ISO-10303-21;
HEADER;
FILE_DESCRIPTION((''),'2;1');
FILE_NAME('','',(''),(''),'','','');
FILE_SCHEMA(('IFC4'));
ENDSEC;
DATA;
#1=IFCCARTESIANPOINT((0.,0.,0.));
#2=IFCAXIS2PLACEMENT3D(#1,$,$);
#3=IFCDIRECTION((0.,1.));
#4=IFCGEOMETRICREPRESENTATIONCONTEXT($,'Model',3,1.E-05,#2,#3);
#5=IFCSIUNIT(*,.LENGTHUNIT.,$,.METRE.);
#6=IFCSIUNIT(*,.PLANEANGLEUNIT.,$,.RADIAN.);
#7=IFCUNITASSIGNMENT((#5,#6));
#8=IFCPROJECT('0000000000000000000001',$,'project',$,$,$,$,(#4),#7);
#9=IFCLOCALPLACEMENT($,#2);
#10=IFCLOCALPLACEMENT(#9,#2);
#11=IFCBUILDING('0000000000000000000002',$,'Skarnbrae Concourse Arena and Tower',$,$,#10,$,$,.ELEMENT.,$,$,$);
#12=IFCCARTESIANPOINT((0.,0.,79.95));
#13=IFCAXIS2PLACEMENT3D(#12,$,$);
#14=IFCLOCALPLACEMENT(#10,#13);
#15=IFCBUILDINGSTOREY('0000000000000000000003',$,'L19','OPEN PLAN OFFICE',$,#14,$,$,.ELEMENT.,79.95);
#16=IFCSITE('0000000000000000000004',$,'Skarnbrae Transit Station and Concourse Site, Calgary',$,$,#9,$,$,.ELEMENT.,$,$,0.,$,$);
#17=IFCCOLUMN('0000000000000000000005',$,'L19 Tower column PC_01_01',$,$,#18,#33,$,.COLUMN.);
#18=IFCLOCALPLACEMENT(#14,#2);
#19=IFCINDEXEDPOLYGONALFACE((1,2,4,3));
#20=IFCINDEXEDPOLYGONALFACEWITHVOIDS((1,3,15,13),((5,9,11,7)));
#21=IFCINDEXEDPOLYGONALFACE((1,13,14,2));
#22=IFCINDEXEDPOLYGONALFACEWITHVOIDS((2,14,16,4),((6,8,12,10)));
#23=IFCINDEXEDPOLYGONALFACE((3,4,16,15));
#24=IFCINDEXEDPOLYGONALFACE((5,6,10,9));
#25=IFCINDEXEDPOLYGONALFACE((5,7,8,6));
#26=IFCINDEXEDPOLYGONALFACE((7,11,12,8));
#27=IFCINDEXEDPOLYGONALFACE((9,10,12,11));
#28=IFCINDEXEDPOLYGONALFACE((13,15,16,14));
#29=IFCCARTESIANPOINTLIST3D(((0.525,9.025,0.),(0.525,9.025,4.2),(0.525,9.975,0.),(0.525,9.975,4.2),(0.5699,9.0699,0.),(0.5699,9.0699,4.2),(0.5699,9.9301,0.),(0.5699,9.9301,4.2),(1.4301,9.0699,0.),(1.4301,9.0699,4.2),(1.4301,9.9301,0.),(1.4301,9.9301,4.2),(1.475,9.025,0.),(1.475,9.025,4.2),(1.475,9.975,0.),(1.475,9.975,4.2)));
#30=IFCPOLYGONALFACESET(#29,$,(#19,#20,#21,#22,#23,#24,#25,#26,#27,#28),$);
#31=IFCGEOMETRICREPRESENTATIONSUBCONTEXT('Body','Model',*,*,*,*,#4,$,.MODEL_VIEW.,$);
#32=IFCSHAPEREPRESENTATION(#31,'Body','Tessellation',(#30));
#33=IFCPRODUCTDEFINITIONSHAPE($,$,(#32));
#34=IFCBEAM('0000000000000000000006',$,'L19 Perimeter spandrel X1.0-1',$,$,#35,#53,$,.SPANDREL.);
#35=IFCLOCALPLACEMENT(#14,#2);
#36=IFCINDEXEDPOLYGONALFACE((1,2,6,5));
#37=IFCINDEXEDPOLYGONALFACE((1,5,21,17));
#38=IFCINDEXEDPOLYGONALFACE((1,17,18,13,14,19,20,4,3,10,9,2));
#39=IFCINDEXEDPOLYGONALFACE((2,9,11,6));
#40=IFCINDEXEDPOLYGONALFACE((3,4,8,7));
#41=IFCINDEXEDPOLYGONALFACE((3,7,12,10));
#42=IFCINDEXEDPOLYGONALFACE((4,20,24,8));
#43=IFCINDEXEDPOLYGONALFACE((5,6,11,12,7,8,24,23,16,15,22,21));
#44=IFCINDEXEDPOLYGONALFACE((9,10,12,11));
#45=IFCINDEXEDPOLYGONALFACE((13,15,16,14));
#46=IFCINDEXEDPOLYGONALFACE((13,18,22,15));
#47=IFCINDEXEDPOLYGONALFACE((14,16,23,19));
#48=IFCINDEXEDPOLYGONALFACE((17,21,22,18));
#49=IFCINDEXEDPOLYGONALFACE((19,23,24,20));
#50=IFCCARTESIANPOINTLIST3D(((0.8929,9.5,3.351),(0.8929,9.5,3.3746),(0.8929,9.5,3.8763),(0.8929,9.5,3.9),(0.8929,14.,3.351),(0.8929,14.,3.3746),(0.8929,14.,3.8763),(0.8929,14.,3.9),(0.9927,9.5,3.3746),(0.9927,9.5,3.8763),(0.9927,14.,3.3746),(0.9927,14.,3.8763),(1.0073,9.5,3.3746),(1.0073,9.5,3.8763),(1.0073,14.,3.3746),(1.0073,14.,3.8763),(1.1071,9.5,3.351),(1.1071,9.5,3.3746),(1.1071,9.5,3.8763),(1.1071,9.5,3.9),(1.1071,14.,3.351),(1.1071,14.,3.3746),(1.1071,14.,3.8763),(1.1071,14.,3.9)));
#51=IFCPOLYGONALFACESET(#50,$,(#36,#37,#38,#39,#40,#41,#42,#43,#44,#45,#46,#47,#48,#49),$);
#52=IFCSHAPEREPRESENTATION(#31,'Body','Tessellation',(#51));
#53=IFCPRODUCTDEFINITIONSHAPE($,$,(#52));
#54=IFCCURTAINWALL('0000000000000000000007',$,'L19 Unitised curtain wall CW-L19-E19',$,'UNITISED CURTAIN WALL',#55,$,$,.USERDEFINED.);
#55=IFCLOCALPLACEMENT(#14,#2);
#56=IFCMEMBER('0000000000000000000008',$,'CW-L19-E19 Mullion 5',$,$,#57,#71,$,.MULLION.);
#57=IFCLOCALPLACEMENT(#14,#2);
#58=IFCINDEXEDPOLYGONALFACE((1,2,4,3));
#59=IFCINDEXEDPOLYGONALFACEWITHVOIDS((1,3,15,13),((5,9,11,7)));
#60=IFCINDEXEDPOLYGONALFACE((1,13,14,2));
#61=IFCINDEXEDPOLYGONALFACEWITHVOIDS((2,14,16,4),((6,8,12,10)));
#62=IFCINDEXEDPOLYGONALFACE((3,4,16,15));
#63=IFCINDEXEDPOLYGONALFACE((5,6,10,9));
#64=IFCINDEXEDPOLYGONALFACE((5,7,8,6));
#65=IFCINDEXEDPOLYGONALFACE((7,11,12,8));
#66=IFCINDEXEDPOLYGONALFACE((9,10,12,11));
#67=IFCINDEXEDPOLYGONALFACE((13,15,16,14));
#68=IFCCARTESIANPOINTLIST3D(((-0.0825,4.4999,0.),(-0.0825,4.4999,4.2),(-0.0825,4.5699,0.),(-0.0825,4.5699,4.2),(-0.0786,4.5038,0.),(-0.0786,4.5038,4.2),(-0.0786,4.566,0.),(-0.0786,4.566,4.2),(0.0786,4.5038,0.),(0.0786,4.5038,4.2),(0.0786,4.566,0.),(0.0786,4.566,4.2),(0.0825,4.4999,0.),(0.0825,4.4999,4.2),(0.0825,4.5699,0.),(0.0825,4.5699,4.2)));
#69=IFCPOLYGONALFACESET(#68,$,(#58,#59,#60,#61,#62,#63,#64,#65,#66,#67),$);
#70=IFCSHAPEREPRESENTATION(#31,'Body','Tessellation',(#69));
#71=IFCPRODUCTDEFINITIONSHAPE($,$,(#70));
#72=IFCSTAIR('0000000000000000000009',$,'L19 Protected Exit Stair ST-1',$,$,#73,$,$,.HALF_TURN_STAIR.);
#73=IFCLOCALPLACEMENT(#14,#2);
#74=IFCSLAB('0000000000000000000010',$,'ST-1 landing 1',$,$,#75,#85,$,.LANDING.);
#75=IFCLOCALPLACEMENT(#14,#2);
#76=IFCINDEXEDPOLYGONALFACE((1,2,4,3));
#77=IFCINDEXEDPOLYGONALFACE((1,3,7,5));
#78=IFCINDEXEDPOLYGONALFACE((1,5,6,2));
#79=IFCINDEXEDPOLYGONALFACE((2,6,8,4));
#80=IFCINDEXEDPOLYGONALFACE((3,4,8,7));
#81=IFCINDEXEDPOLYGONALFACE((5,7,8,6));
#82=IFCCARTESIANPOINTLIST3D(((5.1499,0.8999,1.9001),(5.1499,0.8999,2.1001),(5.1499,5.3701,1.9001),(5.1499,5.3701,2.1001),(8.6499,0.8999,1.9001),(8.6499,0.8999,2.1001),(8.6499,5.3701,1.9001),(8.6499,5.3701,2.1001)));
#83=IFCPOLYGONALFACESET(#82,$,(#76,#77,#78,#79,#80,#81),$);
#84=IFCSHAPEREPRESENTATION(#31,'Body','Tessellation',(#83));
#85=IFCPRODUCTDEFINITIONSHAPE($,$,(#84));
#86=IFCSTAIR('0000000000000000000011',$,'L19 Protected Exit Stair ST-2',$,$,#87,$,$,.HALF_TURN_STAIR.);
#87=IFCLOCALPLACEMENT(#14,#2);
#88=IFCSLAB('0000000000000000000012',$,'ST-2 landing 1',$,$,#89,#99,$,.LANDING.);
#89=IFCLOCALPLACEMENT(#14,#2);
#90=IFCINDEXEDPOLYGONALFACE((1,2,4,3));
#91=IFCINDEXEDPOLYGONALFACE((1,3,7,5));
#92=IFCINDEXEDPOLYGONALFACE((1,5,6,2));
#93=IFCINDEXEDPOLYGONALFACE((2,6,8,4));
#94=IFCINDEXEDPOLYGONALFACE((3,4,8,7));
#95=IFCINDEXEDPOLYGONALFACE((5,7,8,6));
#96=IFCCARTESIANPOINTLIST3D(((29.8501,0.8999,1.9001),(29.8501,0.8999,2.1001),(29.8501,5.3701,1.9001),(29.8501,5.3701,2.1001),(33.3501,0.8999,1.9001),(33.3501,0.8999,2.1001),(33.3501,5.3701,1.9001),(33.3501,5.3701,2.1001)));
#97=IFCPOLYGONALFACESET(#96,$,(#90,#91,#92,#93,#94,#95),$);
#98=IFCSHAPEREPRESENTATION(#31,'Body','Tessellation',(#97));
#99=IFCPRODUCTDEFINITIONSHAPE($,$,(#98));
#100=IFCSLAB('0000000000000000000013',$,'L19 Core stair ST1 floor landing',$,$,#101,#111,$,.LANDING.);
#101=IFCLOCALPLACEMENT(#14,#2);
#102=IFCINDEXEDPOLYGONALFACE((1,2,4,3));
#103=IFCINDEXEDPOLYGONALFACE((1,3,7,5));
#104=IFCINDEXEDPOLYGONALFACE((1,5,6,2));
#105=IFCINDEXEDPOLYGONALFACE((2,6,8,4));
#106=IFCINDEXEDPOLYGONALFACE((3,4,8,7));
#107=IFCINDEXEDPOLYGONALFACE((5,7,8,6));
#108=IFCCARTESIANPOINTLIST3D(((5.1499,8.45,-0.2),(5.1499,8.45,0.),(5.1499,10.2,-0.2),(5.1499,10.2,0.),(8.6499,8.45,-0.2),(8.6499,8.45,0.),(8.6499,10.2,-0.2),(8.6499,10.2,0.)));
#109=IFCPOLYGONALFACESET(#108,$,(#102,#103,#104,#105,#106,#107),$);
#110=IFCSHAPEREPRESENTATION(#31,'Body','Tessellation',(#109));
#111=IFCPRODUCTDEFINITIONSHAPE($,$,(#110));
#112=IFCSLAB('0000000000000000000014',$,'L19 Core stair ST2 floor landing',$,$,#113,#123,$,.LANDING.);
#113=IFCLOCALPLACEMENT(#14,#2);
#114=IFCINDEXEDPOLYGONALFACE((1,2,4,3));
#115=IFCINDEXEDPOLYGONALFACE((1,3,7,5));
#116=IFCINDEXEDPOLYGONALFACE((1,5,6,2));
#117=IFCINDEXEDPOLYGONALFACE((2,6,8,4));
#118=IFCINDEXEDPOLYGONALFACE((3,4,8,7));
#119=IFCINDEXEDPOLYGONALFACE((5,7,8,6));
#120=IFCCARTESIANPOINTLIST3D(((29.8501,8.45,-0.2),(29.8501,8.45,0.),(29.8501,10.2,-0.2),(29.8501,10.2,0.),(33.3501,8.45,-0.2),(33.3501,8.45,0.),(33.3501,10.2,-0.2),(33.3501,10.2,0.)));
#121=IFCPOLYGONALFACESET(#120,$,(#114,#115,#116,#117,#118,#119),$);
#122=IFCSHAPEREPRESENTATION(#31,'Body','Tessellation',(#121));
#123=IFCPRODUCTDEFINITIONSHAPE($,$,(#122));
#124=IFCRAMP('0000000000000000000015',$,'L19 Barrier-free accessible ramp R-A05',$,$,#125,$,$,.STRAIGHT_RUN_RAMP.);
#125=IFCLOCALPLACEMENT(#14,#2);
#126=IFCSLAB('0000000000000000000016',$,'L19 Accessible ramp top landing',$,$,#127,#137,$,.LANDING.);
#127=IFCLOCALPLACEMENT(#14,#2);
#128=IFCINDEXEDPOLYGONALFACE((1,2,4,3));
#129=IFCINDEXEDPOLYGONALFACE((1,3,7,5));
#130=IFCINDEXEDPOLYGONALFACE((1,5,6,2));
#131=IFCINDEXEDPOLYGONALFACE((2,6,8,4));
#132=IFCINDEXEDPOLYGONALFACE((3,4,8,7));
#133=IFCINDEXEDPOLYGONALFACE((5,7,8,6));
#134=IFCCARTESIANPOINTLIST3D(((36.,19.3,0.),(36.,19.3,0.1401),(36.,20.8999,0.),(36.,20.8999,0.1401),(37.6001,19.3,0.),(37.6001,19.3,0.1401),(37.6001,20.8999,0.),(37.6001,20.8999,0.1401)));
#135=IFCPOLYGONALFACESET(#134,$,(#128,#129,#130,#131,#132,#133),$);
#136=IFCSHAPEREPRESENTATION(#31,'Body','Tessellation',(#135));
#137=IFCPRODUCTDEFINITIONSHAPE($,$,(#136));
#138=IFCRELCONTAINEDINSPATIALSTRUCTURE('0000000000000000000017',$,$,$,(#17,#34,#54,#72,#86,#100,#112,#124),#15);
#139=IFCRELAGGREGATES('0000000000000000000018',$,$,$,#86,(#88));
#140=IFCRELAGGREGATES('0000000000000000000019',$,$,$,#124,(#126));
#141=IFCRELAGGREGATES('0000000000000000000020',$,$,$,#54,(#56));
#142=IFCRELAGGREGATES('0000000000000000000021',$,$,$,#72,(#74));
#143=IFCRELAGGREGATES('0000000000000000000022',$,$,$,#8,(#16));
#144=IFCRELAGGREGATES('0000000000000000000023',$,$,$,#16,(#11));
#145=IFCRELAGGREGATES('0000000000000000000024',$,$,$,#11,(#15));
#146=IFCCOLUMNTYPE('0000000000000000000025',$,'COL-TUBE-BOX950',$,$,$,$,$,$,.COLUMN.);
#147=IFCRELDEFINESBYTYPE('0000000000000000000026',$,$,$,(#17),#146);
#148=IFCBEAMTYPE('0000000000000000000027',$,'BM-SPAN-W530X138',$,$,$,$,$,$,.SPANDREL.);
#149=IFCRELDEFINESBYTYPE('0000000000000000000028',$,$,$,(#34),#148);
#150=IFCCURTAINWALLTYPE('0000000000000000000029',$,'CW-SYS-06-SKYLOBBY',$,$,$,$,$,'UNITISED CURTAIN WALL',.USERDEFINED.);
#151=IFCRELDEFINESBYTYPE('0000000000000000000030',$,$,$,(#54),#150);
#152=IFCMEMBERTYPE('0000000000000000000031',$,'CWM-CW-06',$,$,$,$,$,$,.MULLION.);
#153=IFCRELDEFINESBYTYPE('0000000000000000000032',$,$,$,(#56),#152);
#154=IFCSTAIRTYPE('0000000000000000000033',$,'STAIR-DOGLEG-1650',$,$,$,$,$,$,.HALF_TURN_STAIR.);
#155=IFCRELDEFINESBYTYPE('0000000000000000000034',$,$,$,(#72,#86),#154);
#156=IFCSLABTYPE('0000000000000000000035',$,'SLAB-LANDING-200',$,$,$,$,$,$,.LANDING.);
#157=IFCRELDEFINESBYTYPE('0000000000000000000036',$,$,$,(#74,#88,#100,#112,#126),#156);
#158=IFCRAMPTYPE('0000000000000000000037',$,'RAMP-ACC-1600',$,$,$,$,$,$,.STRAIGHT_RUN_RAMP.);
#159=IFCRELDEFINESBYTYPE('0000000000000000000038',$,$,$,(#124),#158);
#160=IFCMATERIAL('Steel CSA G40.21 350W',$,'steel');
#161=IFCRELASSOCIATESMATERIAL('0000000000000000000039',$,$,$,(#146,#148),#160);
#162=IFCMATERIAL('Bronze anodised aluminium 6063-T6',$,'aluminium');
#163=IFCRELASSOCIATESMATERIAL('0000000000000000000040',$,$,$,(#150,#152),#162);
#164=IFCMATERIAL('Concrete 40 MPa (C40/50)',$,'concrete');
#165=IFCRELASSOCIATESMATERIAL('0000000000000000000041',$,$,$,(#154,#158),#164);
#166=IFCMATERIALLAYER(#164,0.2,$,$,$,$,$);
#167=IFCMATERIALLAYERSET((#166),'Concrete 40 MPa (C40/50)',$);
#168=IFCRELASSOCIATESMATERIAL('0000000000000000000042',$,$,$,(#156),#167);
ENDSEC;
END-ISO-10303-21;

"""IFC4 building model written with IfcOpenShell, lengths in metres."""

from ifc_helpers import new_model, si_unit, direction, frame, origin, origin_2d, place, context, subcontext, project, spatial, polyline, hollow_rectangle, i_section, outline, extrude, source, transform, mapped, material, layer, layer_set, material_profile, profile_set, type_object, element, aggregate, save


model = new_model("IFC4")

# Units and contexts
model_context = context("Model", 3, precision=1e-05, world=origin(), true_north=direction((0.0, 1.0)))
body_context = subcontext(model_context, "Body", "Model", "MODEL_VIEW")
ifc_project = project(units=[si_unit("LENGTHUNIT", "METRE"), si_unit("PLANEANGLEUNIT", "RADIAN")], contexts=[model_context])

# Site, building, storey
site_placement = place(None, origin())
site = spatial("IfcSite", under=ifc_project, at=site_placement, Name="Skarnbrae Transit Station and Concourse Site, Calgary", CompositionType="ELEMENT", RefElevation=0.0)
building_placement = place(site_placement, origin())
building = spatial("IfcBuilding", under=site, at=building_placement, Name="Skarnbrae Concourse Arena and Tower", CompositionType="ELEMENT")
storey_placement = place(building_placement, frame((0.0, 0.0, 79.95)))
storey = spatial("IfcBuildingStorey", under=building, at=storey_placement, Name="L19", Description="OPEN PLAN OFFICE", CompositionType="ELEMENT", Elevation=79.95)

# Column
ifc_material_1 = material(Name="Steel CSA G40.21 350W", Category="steel")
ifc_material_profile_1 = material_profile(ifc_material_1, hollow_rectangle(XDim=0.95, YDim=0.95, WallThickness=0.0449, at=origin_2d()), Name="BOX950X950X45")
ifc_profile_set_1 = profile_set([ifc_material_profile_1], Name="Steel CSA G40.21 350W")
column_type = type_object("IfcColumnType", Name="COL-TUBE-BOX950", PredefinedType="COLUMN", material=ifc_profile_set_1)
shared_shape_1 = source(origin(), body_context, "Body", "SweptSolid", [
    extrude(hollow_rectangle(XDim=0.95, YDim=0.95, WallThickness=0.0449, at=origin_2d()), origin(), (0.0, 0.0, 1.0), 4.2),
])
column_placement = place(storey_placement, frame((1.0, 9.5, 0.0), z_axis=(0.0, 0.0, 1.0), x_axis=(1.0, 0.0, 0.0)))
element("IfcColumn", 1, at=column_placement, inside=storey, type_object=column_type, Name="L19 Tower column PC_01_01", PredefinedType="COLUMN", context=body_context, shape_type="MappedRepresentation", body=[
    mapped(shared_shape_1, transform((0.0, 0.0, 0.0))),
])

# Beam
ifc_material_profile_2 = material_profile(ifc_material_1, i_section(OverallWidth=0.2141, OverallDepth=0.5491, WebThickness=0.0146, FlangeThickness=0.0237, at=origin_2d()), Name="W530X138")
ifc_profile_set_2 = profile_set([ifc_material_profile_2], Name="Steel CSA G40.21 350W")
beam_type = type_object("IfcBeamType", Name="BM-SPAN-W530X138", PredefinedType="SPANDREL", material=ifc_profile_set_2)
shared_shape_2 = source(origin(), body_context, "Body", "SweptSolid", [
    extrude(i_section(OverallWidth=0.2141, OverallDepth=0.5491, WebThickness=0.0146, FlangeThickness=0.0237, at=origin_2d()), origin(), (0.0, 0.0, 1.0), 4.5),
])
beam_placement = place(storey_placement, frame((1.0, 9.5, 3.6255), z_axis=(0.0, 1.0, 0.0), x_axis=(-1.0, 0.0, 0.0)))
element("IfcBeam", 2, at=beam_placement, inside=storey, type_object=beam_type, Name="L19 Perimeter spandrel X1.0-1", PredefinedType="SPANDREL", context=body_context, shape_type="MappedRepresentation", body=[
    mapped(shared_shape_2, transform((0.0, 0.0, 0.0))),
])

# Curtain wall, member
ifc_material_2 = material(Name="Bronze anodised aluminium 6063-T6", Category="aluminium")
curtain_wall_type = type_object("IfcCurtainWallType", Name="CW-SYS-06-SKYLOBBY", ElementType="UNITISED CURTAIN WALL", PredefinedType="USERDEFINED", material=ifc_material_2)
curtain_wall_placement = place(storey_placement, origin())
curtain_wall = element("IfcCurtainWall", 3, at=curtain_wall_placement, inside=storey, type_object=curtain_wall_type, Name="L19 Unitised curtain wall CW-L19-E19", ObjectType="UNITISED CURTAIN WALL", PredefinedType="USERDEFINED")
ifc_material_profile_3 = material_profile(ifc_material_2, hollow_rectangle(XDim=0.0701, YDim=0.165, WallThickness=0.0039, at=origin_2d()), Name="ALU-MULL-70X165")
ifc_profile_set_3 = profile_set([ifc_material_profile_3], Name="Bronze anodised aluminium 6063-T6")
member_type = type_object("IfcMemberType", Name="CWM-CW-06", PredefinedType="MULLION", material=ifc_profile_set_3)
shared_shape_3 = source(origin(), body_context, "Body", "SweptSolid", [
    extrude(hollow_rectangle(XDim=0.0701, YDim=0.165, WallThickness=0.0039, at=origin_2d()), origin(), (0.0, 0.0, 1.0), 4.2),
])
member_placement = place(storey_placement, frame((0.0, 4.5349, 0.0), z_axis=(0.0, 0.0, 1.0), x_axis=(0.0, -1.0, 0.0)))
member = element("IfcMember", 4, at=member_placement, type_object=member_type, Name="CW-L19-E19 Mullion 5", PredefinedType="MULLION", context=body_context, shape_type="MappedRepresentation", body=[
    mapped(shared_shape_3, transform((0.0, 0.0, 0.0))),
])

# Stairs, slabs
ifc_material_3 = material(Name="Concrete 40 MPa (C40/50)", Category="concrete")
stair_type = type_object("IfcStairType", Name="STAIR-DOGLEG-1650", PredefinedType="HALF_TURN_STAIR", material=ifc_material_3)
stair_1_placement = place(storey_placement, origin())
stair_1 = element("IfcStair", 5, at=stair_1_placement, inside=storey, type_object=stair_type, Name="L19 Protected Exit Stair ST-1", PredefinedType="HALF_TURN_STAIR")
ifc_layer_1 = layer(ifc_material_3, 0.2)
ifc_layer_set_1 = layer_set([ifc_layer_1], Name="Concrete 40 MPa (C40/50)")
slab_type_1 = type_object("IfcSlabType", Name="SLAB-LANDING-200", PredefinedType="LANDING", material=ifc_layer_set_1)
slab_1_placement = place(storey_placement, frame((0.0, 0.0, 1.9001)))
slab_1 = element("IfcSlab", 6, at=slab_1_placement, type_object=slab_type_1, Name="ST-1 landing 1", PredefinedType="LANDING", context=body_context, shape_type="SweptSolid", body=[
    extrude(outline(polyline([(5.1499, 5.3701), (5.1499, 0.8999), (8.6499, 0.8999), (8.6499, 5.3701), (5.1499, 5.3701)])), origin(), (0.0, 0.0, 1.0), 0.2),
])
stair_2_placement = place(storey_placement, origin())
stair_2 = element("IfcStair", 7, at=stair_2_placement, inside=storey, type_object=stair_type, Name="L19 Protected Exit Stair ST-2", PredefinedType="HALF_TURN_STAIR")
slab_2_placement = place(storey_placement, frame((0.0, 0.0, 1.9001)))
slab_2 = element("IfcSlab", 8, at=slab_2_placement, type_object=slab_type_1, Name="ST-2 landing 1", PredefinedType="LANDING", context=body_context, shape_type="SweptSolid", body=[
    extrude(outline(polyline([(29.8501, 5.3701), (29.8501, 0.8999), (33.3501, 0.8999), (33.3501, 5.3701), (29.8501, 5.3701)])), origin(), (0.0, 0.0, 1.0), 0.2),
])
aggregate(stair_2, [slab_2])

# Slabs
slab_3_placement = place(storey_placement, frame((0.0, 0.0, -0.2)))
element("IfcSlab", 9, at=slab_3_placement, inside=storey, type_object=slab_type_1, Name="L19 Core stair ST1 floor landing", PredefinedType="LANDING", context=body_context, shape_type="SweptSolid", body=[
    extrude(outline(polyline([(5.1499, 10.2), (5.1499, 8.45), (8.6499, 8.45), (8.6499, 10.2), (5.1499, 10.2)])), origin(), (0.0, 0.0, 1.0), 0.2),
])
slab_4_placement = place(storey_placement, frame((0.0, 0.0, -0.2)))
element("IfcSlab", 10, at=slab_4_placement, inside=storey, type_object=slab_type_1, Name="L19 Core stair ST2 floor landing", PredefinedType="LANDING", context=body_context, shape_type="SweptSolid", body=[
    extrude(outline(polyline([(29.8501, 10.2), (29.8501, 8.45), (33.3501, 8.45), (33.3501, 10.2), (29.8501, 10.2)])), origin(), (0.0, 0.0, 1.0), 0.2),
])

# Ramp, slab
ramp_type = type_object("IfcRampType", Name="RAMP-ACC-1600", PredefinedType="STRAIGHT_RUN_RAMP", material=ifc_material_3)
ramp_placement = place(storey_placement, origin())
ramp = element("IfcRamp", 11, at=ramp_placement, inside=storey, type_object=ramp_type, Name="L19 Barrier-free accessible ramp R-A05", PredefinedType="STRAIGHT_RUN_RAMP")
slab_5_placement = place(storey_placement, origin())
slab_5 = element("IfcSlab", 12, at=slab_5_placement, type_object=slab_type_1, Name="L19 Accessible ramp top landing", PredefinedType="LANDING", context=body_context, shape_type="SweptSolid", body=[
    extrude(outline(polyline([(36.0, 19.3), (37.6001, 19.3), (37.6001, 20.8999), (36.0, 20.8999), (36.0, 19.3)])), origin(), (0.0, 0.0, 1.0), 0.1401),
])
aggregate(ramp, [slab_5])

aggregate(curtain_wall, [member])

aggregate(stair_1, [slab_1])

save(model, "model.ifc")
